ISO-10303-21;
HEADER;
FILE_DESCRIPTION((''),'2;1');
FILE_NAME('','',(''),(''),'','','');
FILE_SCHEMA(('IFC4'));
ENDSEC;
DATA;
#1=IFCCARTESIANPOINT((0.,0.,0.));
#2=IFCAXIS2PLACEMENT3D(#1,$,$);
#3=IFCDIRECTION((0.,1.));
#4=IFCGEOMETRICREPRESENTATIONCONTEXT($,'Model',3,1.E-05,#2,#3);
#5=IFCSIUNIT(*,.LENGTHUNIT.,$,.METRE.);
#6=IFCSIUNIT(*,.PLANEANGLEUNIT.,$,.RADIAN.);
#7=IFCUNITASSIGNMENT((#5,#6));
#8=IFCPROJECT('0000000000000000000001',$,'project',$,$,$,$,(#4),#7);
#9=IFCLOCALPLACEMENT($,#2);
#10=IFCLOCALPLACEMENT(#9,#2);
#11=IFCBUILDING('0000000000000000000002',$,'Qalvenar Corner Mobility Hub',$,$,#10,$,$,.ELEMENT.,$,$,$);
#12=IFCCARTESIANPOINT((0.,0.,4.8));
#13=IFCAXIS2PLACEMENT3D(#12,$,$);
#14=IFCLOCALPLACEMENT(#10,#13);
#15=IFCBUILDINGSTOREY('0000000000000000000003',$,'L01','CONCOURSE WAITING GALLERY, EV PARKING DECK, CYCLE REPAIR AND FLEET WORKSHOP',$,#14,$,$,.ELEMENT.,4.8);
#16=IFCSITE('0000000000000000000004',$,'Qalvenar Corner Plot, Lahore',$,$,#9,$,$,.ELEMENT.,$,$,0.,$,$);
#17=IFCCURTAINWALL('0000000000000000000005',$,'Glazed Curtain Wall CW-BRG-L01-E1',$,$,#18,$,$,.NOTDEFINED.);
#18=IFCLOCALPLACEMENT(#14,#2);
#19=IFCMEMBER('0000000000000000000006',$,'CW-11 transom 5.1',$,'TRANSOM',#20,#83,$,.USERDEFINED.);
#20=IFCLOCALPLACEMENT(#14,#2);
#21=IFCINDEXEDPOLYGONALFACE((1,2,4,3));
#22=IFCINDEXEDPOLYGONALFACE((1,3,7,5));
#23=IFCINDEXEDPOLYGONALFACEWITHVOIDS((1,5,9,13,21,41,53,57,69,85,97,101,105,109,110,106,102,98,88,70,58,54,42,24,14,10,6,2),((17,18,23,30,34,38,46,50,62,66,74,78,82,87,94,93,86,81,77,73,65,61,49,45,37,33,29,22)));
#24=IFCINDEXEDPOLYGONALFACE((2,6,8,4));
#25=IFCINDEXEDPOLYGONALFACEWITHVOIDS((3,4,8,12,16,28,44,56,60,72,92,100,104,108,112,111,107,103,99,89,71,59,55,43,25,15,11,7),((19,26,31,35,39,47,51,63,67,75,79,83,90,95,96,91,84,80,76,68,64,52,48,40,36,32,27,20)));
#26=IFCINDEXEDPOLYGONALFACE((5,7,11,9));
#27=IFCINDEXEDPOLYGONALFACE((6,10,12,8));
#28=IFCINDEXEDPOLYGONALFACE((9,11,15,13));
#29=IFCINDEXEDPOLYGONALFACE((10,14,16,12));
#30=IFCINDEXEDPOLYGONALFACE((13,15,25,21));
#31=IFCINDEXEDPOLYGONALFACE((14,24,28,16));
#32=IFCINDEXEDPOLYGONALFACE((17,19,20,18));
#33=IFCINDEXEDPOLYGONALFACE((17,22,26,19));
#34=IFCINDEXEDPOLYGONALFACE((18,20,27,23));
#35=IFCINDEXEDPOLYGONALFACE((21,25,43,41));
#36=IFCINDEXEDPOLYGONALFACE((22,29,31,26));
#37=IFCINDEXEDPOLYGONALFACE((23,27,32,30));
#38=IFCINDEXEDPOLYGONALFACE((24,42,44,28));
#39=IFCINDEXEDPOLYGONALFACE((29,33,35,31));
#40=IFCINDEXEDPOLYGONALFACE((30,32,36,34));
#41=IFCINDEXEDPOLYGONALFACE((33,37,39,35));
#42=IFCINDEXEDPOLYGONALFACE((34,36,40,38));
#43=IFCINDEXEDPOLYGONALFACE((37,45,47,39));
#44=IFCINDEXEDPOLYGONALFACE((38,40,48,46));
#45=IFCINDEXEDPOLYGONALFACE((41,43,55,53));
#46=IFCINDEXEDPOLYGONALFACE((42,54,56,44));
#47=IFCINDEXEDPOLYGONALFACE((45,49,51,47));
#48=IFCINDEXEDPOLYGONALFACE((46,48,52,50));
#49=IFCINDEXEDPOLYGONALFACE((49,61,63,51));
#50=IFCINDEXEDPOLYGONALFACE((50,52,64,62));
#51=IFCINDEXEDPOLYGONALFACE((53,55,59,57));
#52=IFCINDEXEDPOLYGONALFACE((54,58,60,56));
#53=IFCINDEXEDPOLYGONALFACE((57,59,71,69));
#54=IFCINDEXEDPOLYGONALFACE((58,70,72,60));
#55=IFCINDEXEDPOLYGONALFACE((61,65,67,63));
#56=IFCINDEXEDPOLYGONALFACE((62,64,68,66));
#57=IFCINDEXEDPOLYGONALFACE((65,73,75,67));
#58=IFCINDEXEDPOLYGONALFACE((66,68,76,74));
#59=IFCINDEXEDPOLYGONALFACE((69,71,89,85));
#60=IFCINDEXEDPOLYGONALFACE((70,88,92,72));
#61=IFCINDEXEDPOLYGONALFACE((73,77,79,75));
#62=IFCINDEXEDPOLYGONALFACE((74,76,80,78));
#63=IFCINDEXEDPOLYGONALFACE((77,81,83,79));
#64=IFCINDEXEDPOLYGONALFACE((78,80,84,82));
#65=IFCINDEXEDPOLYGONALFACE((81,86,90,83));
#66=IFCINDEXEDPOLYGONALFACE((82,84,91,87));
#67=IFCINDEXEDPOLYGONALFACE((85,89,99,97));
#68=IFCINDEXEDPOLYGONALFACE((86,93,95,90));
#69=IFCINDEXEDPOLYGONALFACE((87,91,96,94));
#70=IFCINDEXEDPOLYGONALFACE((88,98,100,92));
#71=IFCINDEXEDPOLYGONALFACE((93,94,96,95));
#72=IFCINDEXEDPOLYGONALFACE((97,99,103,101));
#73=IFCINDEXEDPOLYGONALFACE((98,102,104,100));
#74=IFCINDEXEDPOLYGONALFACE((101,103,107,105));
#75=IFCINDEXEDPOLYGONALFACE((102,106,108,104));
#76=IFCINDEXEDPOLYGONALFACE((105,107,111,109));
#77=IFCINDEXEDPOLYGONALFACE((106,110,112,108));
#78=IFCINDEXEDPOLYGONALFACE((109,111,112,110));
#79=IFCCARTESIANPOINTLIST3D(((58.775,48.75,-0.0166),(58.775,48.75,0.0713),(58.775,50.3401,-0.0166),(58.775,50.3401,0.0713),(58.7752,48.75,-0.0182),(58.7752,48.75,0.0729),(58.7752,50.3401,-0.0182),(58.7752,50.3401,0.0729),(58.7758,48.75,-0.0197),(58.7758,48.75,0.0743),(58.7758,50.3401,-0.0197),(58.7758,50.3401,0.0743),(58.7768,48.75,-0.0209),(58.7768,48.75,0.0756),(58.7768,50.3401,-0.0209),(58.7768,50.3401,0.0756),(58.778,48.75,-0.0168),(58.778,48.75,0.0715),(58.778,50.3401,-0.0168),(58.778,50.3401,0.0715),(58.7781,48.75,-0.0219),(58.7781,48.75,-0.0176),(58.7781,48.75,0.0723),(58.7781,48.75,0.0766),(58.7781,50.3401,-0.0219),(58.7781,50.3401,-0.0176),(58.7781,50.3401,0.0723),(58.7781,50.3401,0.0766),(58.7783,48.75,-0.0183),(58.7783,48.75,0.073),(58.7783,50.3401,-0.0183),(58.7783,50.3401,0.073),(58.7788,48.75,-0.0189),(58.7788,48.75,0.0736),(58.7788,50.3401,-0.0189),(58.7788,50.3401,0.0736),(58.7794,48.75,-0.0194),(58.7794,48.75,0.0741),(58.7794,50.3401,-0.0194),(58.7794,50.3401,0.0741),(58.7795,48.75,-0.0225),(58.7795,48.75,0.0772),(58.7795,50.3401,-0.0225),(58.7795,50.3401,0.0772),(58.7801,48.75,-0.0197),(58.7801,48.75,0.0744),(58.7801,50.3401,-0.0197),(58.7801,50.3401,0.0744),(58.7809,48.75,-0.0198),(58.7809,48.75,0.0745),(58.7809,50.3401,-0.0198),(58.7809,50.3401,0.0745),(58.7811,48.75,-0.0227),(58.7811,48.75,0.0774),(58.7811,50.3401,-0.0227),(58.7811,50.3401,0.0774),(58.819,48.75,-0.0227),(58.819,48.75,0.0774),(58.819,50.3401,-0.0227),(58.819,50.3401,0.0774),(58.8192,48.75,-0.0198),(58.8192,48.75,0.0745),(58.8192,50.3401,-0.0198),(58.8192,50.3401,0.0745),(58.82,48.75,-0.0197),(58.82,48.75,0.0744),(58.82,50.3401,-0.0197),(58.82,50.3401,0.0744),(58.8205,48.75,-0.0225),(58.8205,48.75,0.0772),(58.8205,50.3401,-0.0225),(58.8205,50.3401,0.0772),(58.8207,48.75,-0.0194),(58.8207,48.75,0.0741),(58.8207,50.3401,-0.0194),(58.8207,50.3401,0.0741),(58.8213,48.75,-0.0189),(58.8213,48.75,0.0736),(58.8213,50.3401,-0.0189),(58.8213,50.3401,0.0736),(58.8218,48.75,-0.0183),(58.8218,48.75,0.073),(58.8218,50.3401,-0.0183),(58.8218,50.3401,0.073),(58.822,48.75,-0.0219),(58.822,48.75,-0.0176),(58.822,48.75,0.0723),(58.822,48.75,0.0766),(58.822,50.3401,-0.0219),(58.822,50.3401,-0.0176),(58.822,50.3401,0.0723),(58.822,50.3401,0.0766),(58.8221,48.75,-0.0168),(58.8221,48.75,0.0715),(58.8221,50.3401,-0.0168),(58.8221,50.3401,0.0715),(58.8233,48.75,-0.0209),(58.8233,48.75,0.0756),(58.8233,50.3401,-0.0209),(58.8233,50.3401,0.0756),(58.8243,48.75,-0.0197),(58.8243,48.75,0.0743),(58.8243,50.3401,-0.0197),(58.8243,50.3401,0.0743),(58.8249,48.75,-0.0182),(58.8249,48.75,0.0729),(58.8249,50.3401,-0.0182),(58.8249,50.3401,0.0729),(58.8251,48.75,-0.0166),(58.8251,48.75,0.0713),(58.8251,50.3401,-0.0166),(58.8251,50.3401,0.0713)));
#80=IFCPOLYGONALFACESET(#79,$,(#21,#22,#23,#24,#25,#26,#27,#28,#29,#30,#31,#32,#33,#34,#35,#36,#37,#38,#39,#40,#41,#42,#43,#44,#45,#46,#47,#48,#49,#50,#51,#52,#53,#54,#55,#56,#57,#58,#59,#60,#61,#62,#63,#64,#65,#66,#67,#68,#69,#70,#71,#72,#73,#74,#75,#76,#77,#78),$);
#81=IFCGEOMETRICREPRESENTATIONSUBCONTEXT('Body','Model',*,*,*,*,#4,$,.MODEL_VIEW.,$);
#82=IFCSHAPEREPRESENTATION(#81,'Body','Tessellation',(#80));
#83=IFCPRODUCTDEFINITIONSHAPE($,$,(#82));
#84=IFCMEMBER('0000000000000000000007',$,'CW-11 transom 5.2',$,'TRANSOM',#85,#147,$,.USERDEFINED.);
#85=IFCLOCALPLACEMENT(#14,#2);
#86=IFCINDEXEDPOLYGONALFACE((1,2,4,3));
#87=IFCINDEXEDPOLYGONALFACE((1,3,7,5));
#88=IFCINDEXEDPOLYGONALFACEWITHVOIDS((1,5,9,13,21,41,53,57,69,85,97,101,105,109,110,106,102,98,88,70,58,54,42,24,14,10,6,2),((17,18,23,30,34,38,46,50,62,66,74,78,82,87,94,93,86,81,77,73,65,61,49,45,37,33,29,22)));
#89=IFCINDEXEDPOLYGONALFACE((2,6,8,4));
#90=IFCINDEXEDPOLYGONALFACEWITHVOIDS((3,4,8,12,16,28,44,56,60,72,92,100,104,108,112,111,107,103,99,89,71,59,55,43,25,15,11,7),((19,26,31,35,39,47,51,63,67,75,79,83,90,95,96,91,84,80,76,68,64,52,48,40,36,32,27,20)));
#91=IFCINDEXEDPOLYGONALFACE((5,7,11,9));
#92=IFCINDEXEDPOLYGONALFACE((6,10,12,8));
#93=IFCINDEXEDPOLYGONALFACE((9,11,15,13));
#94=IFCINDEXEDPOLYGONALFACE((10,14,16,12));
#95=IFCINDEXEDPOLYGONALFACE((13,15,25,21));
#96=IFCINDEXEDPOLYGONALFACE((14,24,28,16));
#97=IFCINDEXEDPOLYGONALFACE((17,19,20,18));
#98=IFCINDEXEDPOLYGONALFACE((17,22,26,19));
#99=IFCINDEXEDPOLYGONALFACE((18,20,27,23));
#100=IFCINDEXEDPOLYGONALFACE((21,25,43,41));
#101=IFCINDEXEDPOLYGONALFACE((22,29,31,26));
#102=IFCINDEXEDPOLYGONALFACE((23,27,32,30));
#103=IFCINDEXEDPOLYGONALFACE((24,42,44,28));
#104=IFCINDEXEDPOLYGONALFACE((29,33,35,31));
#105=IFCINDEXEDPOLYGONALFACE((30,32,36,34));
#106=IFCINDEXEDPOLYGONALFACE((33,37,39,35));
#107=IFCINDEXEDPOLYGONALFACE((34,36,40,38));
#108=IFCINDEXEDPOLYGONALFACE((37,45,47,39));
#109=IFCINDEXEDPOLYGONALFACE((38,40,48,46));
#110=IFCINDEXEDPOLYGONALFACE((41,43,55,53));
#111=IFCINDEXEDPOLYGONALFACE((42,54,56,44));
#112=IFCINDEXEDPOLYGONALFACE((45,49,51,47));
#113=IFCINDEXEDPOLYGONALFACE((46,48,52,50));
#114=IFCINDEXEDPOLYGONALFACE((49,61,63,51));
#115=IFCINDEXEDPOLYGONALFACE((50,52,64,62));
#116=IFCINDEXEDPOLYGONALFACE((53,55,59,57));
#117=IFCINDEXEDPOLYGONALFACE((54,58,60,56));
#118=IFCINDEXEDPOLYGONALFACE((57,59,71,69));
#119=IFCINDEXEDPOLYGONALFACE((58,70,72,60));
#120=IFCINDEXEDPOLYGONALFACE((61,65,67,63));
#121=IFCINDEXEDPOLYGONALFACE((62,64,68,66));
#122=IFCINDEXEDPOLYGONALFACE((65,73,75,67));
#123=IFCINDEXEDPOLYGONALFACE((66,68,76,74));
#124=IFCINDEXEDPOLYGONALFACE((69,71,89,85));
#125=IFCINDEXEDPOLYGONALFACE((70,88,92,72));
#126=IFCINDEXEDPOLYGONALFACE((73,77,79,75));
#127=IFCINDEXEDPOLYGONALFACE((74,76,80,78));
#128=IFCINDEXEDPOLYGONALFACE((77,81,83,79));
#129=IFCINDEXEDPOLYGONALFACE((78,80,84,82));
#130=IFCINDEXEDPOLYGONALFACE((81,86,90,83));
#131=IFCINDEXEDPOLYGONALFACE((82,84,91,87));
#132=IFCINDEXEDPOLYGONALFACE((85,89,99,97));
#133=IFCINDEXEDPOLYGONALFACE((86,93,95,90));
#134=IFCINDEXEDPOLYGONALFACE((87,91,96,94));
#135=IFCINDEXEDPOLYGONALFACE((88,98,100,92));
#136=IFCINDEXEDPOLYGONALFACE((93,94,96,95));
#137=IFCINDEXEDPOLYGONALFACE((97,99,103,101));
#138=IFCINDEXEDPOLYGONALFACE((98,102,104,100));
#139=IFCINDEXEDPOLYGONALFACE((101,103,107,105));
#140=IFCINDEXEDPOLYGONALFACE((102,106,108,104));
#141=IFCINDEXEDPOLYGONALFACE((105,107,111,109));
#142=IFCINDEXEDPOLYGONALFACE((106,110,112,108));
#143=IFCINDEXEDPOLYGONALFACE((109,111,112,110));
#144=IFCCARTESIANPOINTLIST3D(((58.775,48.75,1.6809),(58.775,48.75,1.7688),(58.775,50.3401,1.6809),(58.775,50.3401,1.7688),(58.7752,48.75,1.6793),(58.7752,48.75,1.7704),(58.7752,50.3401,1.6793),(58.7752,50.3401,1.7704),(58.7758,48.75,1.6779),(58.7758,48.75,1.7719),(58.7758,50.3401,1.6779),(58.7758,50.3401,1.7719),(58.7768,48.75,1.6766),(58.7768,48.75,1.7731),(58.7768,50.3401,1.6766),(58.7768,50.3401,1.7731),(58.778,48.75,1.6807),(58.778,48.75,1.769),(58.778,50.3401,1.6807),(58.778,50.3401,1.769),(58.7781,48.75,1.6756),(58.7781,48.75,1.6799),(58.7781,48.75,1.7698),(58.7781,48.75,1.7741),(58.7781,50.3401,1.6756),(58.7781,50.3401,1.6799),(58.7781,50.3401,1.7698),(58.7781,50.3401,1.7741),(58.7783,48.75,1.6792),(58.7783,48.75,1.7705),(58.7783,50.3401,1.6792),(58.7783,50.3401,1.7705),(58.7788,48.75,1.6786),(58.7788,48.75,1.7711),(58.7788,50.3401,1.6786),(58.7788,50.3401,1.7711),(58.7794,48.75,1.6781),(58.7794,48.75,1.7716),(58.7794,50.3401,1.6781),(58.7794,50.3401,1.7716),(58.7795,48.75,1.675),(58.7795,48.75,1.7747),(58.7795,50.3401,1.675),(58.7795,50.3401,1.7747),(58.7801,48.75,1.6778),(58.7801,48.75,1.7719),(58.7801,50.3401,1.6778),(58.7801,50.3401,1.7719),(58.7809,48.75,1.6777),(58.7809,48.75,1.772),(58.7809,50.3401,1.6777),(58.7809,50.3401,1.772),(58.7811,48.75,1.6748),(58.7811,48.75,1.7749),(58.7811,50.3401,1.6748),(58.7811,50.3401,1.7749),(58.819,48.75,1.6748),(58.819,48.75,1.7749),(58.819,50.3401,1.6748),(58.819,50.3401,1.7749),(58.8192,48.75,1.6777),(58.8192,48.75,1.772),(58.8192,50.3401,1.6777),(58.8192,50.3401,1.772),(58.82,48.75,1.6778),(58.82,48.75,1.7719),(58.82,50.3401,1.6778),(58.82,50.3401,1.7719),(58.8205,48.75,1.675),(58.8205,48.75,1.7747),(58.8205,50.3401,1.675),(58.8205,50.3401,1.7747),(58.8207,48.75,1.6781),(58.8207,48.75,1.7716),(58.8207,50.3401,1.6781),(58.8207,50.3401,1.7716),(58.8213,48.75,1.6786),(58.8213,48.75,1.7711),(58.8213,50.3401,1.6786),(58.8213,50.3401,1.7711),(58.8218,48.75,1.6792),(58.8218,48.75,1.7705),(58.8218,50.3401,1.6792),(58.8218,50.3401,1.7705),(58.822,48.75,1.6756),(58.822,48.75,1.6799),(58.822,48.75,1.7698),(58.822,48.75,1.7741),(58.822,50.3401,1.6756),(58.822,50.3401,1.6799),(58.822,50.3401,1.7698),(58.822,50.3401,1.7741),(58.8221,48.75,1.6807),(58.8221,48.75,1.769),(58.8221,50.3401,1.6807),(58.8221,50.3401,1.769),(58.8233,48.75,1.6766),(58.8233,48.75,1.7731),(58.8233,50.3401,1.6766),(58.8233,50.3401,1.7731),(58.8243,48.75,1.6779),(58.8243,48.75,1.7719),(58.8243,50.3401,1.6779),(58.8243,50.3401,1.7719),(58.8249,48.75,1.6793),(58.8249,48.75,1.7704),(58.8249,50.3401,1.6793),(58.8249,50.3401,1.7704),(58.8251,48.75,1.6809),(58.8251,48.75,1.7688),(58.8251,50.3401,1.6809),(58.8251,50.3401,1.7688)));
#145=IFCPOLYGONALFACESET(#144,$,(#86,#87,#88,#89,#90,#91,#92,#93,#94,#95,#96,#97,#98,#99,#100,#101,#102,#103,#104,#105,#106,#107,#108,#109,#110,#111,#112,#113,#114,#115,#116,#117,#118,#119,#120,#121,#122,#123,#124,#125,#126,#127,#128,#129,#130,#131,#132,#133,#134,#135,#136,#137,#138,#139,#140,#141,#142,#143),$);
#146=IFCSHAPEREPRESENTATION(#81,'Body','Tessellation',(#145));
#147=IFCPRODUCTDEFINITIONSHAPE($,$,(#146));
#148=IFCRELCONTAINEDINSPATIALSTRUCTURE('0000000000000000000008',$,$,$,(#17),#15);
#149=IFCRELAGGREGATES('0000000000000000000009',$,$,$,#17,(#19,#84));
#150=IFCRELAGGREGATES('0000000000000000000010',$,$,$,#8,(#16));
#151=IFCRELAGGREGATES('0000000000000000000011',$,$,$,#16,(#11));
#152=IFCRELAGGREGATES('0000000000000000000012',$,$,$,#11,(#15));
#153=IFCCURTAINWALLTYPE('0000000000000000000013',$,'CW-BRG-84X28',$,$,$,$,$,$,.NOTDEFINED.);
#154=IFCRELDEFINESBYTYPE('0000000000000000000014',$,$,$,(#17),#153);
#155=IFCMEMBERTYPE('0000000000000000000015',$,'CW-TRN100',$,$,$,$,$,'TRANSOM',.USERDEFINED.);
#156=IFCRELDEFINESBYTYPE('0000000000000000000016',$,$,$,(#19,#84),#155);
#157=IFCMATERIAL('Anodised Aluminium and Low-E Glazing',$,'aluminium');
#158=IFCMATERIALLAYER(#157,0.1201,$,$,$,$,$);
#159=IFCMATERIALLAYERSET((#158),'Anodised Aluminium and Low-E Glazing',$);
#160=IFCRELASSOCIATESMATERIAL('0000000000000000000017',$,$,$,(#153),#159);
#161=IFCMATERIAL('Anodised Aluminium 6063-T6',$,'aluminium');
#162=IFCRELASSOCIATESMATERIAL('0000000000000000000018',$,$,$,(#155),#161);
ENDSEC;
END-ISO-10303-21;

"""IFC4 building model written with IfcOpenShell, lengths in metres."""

from ifc_helpers import new_model, si_unit, direction, frame, origin, origin_2d, place, context, subcontext, project, spatial, hollow_rectangle, extrude, material, layer, layer_set, material_profile, profile_set, type_object, element, aggregate, save


model = new_model("IFC4")

# Units and contexts
model_context = context("Model", 3, precision=1e-05, world=origin(), true_north=direction((0.0, 1.0)))
body_context = subcontext(model_context, "Body", "Model", "MODEL_VIEW")
ifc_project = project(units=[si_unit("LENGTHUNIT", "METRE"), si_unit("PLANEANGLEUNIT", "RADIAN")], contexts=[model_context])

# Site, building, storey
site_placement = place(None, origin())
site = spatial("IfcSite", under=ifc_project, at=site_placement, Name="Qalvenar Corner Plot, Lahore", CompositionType="ELEMENT", RefElevation=0.0)
building_placement = place(site_placement, origin())
building = spatial("IfcBuilding", under=site, at=building_placement, Name="Qalvenar Corner Mobility Hub", CompositionType="ELEMENT")
storey_placement = place(building_placement, frame((0.0, 0.0, 4.8)))
storey = spatial("IfcBuildingStorey", under=building, at=storey_placement, Name="L01", Description="CONCOURSE WAITING GALLERY, EV PARKING DECK, CYCLE REPAIR AND FLEET WORKSHOP", CompositionType="ELEMENT", Elevation=4.8)

# Curtain wall
ifc_material_1 = material(Name="Anodised Aluminium and Low-E Glazing", Category="aluminium")
ifc_layer_1 = layer(ifc_material_1, 0.1201)
ifc_layer_set_1 = layer_set([ifc_layer_1], Name="Anodised Aluminium and Low-E Glazing")
curtain_wall_type_1 = type_object("IfcCurtainWallType", Name="CW-BRG-84X28", PredefinedType="NOTDEFINED", material=ifc_layer_set_1)
curtain_wall_1_placement = place(storey_placement, origin())
curtain_wall_1 = element("IfcCurtainWall", 1, at=curtain_wall_1_placement, inside=storey, type_object=curtain_wall_type_1, Name="Glazed Curtain Wall CW-BRG-L01-E1", PredefinedType="NOTDEFINED")
ifc_material_2 = material(Name="Anodised Aluminium 6063-T6", Category="aluminium")

# Members
ifc_material_profile_1 = material_profile(ifc_material_2, hollow_rectangle(XDim=0.05, YDim=0.1001, WallThickness=0.0029, InnerFilletRadius=0.0029, OuterFilletRadius=0.0061, at=origin_2d()), Name="RHS100x50x3")
ifc_profile_set_1 = profile_set([ifc_material_profile_1], Name="Anodised Aluminium 6063-T6")
member_type_1 = type_object("IfcMemberType", Name="CW-TRN100", ElementType="TRANSOM", PredefinedType="USERDEFINED", material=ifc_profile_set_1)
member_1_placement = place(storey_placement, frame((58.8, 48.75, 0.0273), z_axis=(0.0, 1.0, 0.0), x_axis=(-1.0, 0.0, 0.0)))
member_1 = element("IfcMember", 2, at=member_1_placement, type_object=member_type_1, Name="CW-11 transom 5.1", ObjectType="TRANSOM", PredefinedType="USERDEFINED", context=body_context, shape_type="SweptSolid", body=[
    extrude(hollow_rectangle(XDim=0.05, YDim=0.1001, WallThickness=0.0029, InnerFilletRadius=0.0029, OuterFilletRadius=0.0061, at=origin_2d()), origin(), (0.0, 0.0, 1.0), 1.5901),
])
member_2_placement = place(storey_placement, frame((58.8, 48.75, 1.7249), z_axis=(0.0, 1.0, 0.0), x_axis=(-1.0, 0.0, 0.0)))
member_2 = element("IfcMember", 3, at=member_2_placement, type_object=member_type_1, Name="CW-11 transom 5.2", ObjectType="TRANSOM", PredefinedType="USERDEFINED", context=body_context, shape_type="SweptSolid", body=[
    extrude(hollow_rectangle(XDim=0.05, YDim=0.1001, WallThickness=0.0029, InnerFilletRadius=0.0029, OuterFilletRadius=0.0061, at=origin_2d()), origin(), (0.0, 0.0, 1.0), 1.5901),
])

aggregate(curtain_wall_1, [member_1, member_2])

save(model, "model.ifc")
